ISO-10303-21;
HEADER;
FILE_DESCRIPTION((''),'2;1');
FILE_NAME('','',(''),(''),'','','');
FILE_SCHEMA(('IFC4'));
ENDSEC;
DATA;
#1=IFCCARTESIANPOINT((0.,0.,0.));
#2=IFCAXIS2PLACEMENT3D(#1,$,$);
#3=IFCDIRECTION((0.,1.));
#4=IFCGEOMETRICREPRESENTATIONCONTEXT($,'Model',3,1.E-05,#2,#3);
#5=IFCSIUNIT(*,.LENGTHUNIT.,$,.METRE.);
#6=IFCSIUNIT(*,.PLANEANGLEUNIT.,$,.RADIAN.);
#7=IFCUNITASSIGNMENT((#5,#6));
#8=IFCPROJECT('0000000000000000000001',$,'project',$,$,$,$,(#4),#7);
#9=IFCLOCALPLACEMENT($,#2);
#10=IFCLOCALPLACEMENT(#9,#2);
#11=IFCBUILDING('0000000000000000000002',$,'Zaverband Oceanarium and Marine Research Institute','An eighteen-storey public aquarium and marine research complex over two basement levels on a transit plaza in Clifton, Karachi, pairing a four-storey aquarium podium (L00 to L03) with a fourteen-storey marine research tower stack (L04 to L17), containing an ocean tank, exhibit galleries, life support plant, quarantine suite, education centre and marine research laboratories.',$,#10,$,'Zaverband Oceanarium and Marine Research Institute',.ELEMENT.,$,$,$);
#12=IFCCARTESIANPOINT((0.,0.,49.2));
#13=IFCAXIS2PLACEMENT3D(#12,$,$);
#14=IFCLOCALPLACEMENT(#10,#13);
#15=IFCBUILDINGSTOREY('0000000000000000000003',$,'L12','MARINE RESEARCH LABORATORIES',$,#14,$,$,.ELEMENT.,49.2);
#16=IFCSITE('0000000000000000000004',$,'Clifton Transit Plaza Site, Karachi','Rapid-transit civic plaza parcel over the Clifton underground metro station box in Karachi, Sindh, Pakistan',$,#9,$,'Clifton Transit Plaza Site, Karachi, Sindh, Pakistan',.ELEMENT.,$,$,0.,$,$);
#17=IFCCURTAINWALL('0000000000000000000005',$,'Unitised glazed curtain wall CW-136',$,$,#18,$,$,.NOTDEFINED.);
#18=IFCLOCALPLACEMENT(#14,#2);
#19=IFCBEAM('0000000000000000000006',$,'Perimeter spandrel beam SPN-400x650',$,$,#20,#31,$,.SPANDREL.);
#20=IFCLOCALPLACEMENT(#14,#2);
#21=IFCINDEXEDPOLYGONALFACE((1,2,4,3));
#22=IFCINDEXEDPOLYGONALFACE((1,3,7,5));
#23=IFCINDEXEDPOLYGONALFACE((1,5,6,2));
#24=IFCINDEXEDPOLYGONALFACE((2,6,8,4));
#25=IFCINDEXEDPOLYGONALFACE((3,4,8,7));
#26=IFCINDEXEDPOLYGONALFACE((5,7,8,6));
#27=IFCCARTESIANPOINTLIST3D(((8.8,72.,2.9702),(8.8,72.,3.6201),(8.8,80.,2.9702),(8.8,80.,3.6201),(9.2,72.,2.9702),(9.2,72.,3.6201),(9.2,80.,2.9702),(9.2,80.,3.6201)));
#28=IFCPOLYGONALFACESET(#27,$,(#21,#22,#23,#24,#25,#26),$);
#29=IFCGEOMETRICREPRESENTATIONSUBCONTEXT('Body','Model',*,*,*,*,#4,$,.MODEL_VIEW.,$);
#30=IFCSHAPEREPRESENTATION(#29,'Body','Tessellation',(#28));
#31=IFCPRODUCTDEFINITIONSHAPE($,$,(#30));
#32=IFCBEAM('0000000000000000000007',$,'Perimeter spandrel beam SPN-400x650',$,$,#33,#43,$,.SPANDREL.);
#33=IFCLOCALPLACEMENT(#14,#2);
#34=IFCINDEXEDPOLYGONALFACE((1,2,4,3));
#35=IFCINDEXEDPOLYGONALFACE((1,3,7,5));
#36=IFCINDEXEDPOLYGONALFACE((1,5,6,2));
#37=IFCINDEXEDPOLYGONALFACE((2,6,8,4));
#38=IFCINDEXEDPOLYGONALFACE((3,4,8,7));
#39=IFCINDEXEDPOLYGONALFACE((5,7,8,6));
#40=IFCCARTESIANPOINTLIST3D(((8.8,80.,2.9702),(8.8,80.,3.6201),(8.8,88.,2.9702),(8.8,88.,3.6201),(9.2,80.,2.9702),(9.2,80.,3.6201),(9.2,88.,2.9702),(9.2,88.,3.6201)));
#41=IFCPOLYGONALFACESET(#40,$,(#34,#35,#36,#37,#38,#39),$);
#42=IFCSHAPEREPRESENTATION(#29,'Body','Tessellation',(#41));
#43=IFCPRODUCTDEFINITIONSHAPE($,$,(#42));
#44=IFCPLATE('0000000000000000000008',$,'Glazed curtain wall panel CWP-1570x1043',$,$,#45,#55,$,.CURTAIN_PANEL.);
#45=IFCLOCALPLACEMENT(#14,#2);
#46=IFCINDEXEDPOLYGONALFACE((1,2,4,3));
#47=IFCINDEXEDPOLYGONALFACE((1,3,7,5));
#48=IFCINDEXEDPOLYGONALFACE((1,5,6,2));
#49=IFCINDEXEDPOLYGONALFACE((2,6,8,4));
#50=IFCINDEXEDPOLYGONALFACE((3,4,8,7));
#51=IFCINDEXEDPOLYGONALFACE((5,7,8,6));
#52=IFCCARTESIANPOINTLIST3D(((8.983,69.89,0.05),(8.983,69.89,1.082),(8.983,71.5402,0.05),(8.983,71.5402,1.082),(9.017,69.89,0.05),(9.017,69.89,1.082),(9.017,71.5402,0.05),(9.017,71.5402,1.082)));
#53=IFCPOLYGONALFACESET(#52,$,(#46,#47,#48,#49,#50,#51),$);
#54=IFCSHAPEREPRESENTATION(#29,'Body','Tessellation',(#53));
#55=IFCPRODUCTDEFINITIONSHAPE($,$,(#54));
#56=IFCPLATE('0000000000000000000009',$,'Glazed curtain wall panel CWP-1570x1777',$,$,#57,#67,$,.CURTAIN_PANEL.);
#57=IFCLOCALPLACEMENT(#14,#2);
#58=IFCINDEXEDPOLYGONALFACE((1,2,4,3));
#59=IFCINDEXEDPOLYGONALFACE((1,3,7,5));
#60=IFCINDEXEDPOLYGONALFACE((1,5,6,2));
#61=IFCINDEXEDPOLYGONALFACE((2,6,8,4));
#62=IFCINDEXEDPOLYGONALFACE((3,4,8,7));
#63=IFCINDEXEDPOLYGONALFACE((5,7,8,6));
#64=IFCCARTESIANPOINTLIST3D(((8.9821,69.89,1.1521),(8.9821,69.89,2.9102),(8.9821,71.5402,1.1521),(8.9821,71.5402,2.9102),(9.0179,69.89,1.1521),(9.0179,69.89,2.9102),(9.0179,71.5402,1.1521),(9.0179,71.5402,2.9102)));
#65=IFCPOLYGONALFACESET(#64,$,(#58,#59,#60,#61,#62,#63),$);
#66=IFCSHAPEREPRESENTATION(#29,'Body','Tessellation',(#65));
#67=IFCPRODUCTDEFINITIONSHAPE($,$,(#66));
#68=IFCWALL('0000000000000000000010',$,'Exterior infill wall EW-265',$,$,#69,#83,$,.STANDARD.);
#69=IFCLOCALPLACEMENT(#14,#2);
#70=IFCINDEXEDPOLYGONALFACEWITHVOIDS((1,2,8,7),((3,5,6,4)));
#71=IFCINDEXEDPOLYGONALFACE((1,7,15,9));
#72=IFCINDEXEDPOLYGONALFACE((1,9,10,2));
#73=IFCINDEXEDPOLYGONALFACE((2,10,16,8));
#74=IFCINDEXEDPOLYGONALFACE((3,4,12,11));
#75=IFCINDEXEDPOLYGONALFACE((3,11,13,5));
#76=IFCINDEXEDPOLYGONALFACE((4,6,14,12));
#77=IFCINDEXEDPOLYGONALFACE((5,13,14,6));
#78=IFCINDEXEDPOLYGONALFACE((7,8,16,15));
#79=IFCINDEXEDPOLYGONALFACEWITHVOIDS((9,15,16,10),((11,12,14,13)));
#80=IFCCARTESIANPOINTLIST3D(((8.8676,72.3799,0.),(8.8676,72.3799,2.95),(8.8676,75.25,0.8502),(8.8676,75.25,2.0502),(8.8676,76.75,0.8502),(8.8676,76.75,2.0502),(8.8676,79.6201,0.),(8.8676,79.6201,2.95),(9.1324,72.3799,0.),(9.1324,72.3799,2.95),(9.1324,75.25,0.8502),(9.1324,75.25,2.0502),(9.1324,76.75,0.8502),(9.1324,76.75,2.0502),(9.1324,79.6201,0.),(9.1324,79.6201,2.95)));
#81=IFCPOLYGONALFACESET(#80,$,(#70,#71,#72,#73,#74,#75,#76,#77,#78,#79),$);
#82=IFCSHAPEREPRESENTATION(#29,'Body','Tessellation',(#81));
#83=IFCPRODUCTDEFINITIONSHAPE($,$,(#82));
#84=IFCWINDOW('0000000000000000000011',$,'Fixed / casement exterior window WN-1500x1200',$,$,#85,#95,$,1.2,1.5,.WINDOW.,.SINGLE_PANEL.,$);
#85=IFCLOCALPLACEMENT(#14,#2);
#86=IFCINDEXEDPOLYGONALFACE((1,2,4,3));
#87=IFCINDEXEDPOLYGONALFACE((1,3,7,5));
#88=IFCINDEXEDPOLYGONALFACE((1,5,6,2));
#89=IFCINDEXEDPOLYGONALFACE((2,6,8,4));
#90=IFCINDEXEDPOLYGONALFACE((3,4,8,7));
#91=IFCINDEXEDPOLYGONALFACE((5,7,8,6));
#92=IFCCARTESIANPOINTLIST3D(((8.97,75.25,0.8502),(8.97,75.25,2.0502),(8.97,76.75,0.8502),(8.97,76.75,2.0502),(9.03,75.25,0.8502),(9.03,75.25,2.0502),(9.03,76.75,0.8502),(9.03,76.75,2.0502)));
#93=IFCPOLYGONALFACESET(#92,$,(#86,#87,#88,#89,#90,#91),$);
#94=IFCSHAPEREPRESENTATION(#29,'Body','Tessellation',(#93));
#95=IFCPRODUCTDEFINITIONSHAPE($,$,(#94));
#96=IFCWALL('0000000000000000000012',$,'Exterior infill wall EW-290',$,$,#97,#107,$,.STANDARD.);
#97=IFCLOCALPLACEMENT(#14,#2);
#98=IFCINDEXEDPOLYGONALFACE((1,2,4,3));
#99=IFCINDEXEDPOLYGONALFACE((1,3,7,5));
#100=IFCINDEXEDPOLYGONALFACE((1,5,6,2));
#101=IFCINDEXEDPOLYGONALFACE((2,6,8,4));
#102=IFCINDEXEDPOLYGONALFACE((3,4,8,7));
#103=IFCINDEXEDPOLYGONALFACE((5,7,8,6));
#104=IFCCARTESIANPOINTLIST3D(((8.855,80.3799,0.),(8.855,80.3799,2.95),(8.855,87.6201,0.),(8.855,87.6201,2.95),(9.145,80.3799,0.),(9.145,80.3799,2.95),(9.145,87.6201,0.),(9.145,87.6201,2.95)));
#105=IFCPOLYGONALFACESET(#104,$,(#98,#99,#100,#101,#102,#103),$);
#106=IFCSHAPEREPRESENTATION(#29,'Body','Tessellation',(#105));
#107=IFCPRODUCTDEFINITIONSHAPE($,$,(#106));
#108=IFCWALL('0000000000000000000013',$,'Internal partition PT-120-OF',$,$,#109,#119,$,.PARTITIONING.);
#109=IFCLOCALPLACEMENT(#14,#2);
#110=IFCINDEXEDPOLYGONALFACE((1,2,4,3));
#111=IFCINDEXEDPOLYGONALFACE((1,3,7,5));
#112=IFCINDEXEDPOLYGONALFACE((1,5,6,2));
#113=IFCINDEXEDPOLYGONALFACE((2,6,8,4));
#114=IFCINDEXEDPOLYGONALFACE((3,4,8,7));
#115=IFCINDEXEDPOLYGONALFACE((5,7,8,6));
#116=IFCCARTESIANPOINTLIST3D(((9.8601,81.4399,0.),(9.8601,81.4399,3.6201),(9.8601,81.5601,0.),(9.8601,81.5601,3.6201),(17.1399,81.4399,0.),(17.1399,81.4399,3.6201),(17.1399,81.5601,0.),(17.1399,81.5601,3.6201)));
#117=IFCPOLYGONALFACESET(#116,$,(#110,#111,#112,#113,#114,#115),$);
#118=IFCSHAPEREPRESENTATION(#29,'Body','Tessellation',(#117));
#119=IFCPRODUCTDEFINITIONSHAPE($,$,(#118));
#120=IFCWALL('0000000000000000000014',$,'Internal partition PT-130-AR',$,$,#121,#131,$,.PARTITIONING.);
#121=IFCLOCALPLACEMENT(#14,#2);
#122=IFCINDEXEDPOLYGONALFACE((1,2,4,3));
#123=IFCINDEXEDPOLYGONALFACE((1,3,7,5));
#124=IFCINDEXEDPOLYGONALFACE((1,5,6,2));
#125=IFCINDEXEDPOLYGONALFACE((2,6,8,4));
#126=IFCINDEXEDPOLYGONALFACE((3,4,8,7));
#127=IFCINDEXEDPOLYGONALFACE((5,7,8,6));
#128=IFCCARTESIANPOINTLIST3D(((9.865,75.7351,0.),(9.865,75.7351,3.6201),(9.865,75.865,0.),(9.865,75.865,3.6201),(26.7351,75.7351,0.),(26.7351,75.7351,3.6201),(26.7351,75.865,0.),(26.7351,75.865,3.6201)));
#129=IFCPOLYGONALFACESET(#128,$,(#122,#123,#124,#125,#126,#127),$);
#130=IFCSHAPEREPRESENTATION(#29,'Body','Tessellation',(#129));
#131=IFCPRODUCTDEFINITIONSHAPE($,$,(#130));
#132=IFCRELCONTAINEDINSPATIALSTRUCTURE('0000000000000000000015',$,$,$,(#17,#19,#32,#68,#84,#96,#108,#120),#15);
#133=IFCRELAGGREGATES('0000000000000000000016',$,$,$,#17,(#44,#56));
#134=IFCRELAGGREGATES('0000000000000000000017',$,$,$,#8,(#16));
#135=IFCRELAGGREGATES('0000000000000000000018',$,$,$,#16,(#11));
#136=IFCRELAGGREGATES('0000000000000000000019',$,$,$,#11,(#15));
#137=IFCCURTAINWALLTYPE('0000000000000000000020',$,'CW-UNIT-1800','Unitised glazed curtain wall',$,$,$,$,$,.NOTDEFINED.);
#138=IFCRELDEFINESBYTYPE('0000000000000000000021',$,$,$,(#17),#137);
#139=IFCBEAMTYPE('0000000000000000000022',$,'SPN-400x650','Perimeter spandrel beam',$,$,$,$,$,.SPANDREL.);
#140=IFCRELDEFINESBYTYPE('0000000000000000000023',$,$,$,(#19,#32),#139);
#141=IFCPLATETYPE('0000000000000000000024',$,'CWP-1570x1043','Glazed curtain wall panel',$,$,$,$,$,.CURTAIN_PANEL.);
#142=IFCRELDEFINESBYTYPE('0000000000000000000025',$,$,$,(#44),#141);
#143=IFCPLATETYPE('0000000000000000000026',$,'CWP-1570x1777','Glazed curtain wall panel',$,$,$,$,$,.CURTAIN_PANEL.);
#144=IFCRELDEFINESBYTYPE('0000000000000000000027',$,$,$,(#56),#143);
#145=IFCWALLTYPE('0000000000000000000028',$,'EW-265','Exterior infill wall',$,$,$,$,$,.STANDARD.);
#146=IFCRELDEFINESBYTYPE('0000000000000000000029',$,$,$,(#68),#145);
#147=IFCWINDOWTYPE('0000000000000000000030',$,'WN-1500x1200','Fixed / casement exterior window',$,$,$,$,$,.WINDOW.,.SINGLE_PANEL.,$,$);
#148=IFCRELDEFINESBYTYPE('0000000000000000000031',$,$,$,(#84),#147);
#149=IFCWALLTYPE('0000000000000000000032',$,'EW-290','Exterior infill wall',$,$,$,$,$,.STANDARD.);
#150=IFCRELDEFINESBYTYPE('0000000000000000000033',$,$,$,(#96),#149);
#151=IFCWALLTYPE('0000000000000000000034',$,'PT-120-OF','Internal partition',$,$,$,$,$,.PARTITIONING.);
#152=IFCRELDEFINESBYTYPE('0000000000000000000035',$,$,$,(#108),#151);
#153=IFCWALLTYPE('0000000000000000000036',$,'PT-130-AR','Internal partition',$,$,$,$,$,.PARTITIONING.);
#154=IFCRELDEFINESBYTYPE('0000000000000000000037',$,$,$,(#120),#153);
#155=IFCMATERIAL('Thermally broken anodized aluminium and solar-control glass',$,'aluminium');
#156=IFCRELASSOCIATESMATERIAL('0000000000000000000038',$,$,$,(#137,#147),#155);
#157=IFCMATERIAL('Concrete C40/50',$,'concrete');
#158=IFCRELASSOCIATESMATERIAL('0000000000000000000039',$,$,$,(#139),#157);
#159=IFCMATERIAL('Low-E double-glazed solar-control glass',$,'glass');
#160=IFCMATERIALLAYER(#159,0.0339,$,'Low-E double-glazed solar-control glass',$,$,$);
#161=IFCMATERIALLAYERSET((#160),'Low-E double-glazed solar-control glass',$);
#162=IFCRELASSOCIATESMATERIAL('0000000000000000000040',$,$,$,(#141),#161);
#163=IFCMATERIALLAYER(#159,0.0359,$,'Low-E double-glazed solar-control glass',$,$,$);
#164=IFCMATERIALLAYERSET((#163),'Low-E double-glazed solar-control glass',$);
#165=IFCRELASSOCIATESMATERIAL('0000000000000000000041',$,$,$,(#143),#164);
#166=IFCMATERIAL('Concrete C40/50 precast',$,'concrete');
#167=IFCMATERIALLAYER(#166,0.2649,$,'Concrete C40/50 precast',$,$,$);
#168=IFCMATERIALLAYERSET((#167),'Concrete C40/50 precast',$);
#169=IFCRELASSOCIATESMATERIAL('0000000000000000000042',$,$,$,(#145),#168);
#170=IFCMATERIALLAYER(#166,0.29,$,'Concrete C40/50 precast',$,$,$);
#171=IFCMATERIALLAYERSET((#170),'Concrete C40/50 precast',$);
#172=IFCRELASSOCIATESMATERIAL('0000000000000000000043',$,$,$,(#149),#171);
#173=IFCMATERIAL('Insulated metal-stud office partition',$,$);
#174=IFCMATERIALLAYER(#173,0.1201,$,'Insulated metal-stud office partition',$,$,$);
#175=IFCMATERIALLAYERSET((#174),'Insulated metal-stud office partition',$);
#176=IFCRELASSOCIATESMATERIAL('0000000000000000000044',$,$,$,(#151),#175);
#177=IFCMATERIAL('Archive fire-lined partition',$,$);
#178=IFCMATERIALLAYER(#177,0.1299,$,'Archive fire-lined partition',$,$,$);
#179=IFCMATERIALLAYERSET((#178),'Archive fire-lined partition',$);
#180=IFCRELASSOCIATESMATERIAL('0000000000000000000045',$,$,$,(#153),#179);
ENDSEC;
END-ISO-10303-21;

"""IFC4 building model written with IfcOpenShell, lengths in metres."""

from ifc_helpers import new_model, si_unit, direction, frame, frame_2d, origin, origin_2d, place, context, subcontext, project, spatial, rectangle, extrude, material, layer, layer_set, material_profile, profile_set, type_object, element, fill, aggregate, save


model = new_model("IFC4")

# Units and contexts
model_context = context("Model", 3, precision=1e-05, world=origin(), true_north=direction((0.0, 1.0)))
body_context = subcontext(model_context, "Body", "Model", "MODEL_VIEW")
ifc_project = project(units=[si_unit("LENGTHUNIT", "METRE"), si_unit("PLANEANGLEUNIT", "RADIAN")], contexts=[model_context])

# Site, building, storey
site_placement = place(None, origin())
site = spatial("IfcSite", under=ifc_project, at=site_placement, Name="Clifton Transit Plaza Site, Karachi", Description="Rapid-transit civic plaza parcel over the Clifton underground metro station box in Karachi, Sindh, Pakistan", LongName="Clifton Transit Plaza Site, Karachi, Sindh, Pakistan", CompositionType="ELEMENT", RefElevation=0.0)
building_placement = place(site_placement, origin())
building = spatial("IfcBuilding", under=site, at=building_placement, Name="Zaverband Oceanarium and Marine Research Institute", Description="An eighteen-storey public aquarium and marine research complex over two basement levels on a transit plaza in Clifton, Karachi, pairing a four-storey aquarium podium (L00 to L03) with a fourteen-storey marine research tower stack (L04 to L17), containing an ocean tank, exhibit galleries, life support plant, quarantine suite, education centre and marine research laboratories.", LongName="Zaverband Oceanarium and Marine Research Institute", CompositionType="ELEMENT")
storey_placement = place(building_placement, frame((0.0, 0.0, 49.2)))
storey = spatial("IfcBuildingStorey", under=building, at=storey_placement, Name="L12", Description="MARINE RESEARCH LABORATORIES", CompositionType="ELEMENT", Elevation=49.2)

# Shared definitions
ifc_material_1 = material(Name="Concrete C40/50", Category="concrete")

# Curtain wall
ifc_material_2 = material(Name="Thermally broken anodized aluminium and solar-control glass", Category="aluminium")
curtain_wall_type = type_object("IfcCurtainWallType", Name="CW-UNIT-1800", Description="Unitised glazed curtain wall", PredefinedType="NOTDEFINED", material=ifc_material_2)
curtain_wall_placement = place(storey_placement, origin())
curtain_wall = element("IfcCurtainWall", 1, at=curtain_wall_placement, inside=storey, type_object=curtain_wall_type, Name="Unitised glazed curtain wall CW-136", PredefinedType="NOTDEFINED")

# Beams
ifc_material_profile_1 = material_profile(ifc_material_1, rectangle(XDim=0.3999, YDim=0.6499, at=origin_2d()), Name="RC400x650")
ifc_profile_set_1 = profile_set([ifc_material_profile_1], Name="Concrete C40/50")
beam_type_1 = type_object("IfcBeamType", Name="SPN-400x650", Description="Perimeter spandrel beam", PredefinedType="SPANDREL", material=ifc_profile_set_1)
for number, where, z_axis, x_axis, name in (
    (2, (9.0, 72.0, 3.2952), (0.0, 1.0, 0.0), (-1.0, 0.0, 0.0), "Perimeter spandrel beam SPN-400x650"),
    (3, (9.0, 80.0, 3.2952), (0.0, 1.0, 0.0), (-1.0, 0.0, 0.0), "Perimeter spandrel beam SPN-400x650"),
):
    element("IfcBeam", number, at=place(storey_placement, frame(where, z_axis=z_axis, x_axis=x_axis)), inside=storey, type_object=beam_type_1, Name=name, PredefinedType="SPANDREL", context=body_context, shape_type="SweptSolid", body=[
        extrude(rectangle(XDim=0.3999, YDim=0.6499, at=origin_2d()), origin(), (0.0, 0.0, 1.0), 8.0),
    ])

# Plates
ifc_material_3 = material(Name="Low-E double-glazed solar-control glass", Category="glass")
ifc_layer_1 = layer(ifc_material_3, 0.0339, Name="Low-E double-glazed solar-control glass")
ifc_layer_set_1 = layer_set([ifc_layer_1], Name="Low-E double-glazed solar-control glass")
plate_type_1 = type_object("IfcPlateType", Name="CWP-1570x1043", Description="Glazed curtain wall panel", PredefinedType="CURTAIN_PANEL", material=ifc_layer_set_1)
plate_1_placement = place(storey_placement, frame((9.0, 69.8899, 0.05), z_axis=(0.0, 0.0, 1.0), x_axis=(0.0, 1.0, 0.0)))
plate_1 = element("IfcPlate", 4, at=plate_1_placement, type_object=plate_type_1, Name="Glazed curtain wall panel CWP-1570x1043", PredefinedType="CURTAIN_PANEL", context=body_context, shape_type="SweptSolid", body=[
    extrude(rectangle(XDim=1.6501, YDim=0.0339, at=frame_2d((0.8252, 0.0))), origin(), (0.0, 0.0, 1.0), 1.032),
])
ifc_layer_2 = layer(ifc_material_3, 0.0359, Name="Low-E double-glazed solar-control glass")
ifc_layer_set_2 = layer_set([ifc_layer_2], Name="Low-E double-glazed solar-control glass")
plate_type_2 = type_object("IfcPlateType", Name="CWP-1570x1777", Description="Glazed curtain wall panel", PredefinedType="CURTAIN_PANEL", material=ifc_layer_set_2)
plate_2_placement = place(storey_placement, frame((9.0, 69.8899, 1.1521), z_axis=(0.0, 0.0, 1.0), x_axis=(0.0, 1.0, 0.0)))
plate_2 = element("IfcPlate", 5, at=plate_2_placement, type_object=plate_type_2, Name="Glazed curtain wall panel CWP-1570x1777", PredefinedType="CURTAIN_PANEL", context=body_context, shape_type="SweptSolid", body=[
    extrude(rectangle(XDim=1.6501, YDim=0.0359, at=frame_2d((0.8252, 0.0))), origin(), (0.0, 0.0, 1.0), 1.7581),
])
aggregate(curtain_wall, [plate_1, plate_2])

# Wall, opening, window
ifc_material_4 = material(Name="Concrete C40/50 precast", Category="concrete")
ifc_layer_3 = layer(ifc_material_4, 0.2649, Name="Concrete C40/50 precast")
ifc_layer_set_3 = layer_set([ifc_layer_3], Name="Concrete C40/50 precast")
wall_type_1 = type_object("IfcWallType", Name="EW-265", Description="Exterior infill wall", PredefinedType="STANDARD", material=ifc_layer_set_3)
wall_1_placement = place(storey_placement, frame((9.0, 72.3799, 0.0), z_axis=(0.0, 0.0, 1.0), x_axis=(0.0, 1.0, 0.0)))
wall_1 = element("IfcWall", 6, at=wall_1_placement, inside=storey, type_object=wall_type_1, Name="Exterior infill wall EW-265", PredefinedType="STANDARD", context=body_context, shape_type="SweptSolid", body=[
    extrude(rectangle(XDim=7.2402, YDim=0.2649, at=frame_2d((3.6201, 0.0))), origin(), (0.0, 0.0, 1.0), 2.95),
])
opening_placement = place(wall_1_placement, frame((2.8701, 0.0, 0.8501)))
opening = element("IfcOpeningElement", 7, at=opening_placement, cuts=wall_1, PredefinedType="OPENING", context=body_context, shape_type="SweptSolid", body=[
    extrude(rectangle(XDim=1.5, YDim=1.2, at=frame_2d((0.75, 0.6001))), frame((0.0, 0.1445, 0.0), z_axis=(0.0, -1.0, 0.0), x_axis=(1.0, 0.0, 0.0)), (0.0, 0.0, 1.0), 0.2888),
])
window_type = type_object("IfcWindowType", Name="WN-1500x1200", Description="Fixed / casement exterior window", PartitioningType="SINGLE_PANEL", PredefinedType="WINDOW", material=ifc_material_2)
window_placement = place(opening_placement, origin())
window = element("IfcWindow", 8, at=window_placement, inside=storey, type_object=window_type, Name="Fixed / casement exterior window WN-1500x1200", OverallHeight=1.2, OverallWidth=1.5, PartitioningType="SINGLE_PANEL", PredefinedType="WINDOW", context=body_context, shape_type="SweptSolid", body=[
    extrude(rectangle(XDim=1.5, YDim=1.2, at=frame_2d((0.75, 0.6001))), frame((0.0, 0.03, 0.0), z_axis=(0.0, -1.0, 0.0), x_axis=(1.0, 0.0, 0.0)), (0.0, 0.0, 1.0), 0.0601),
])
fill(opening, window)

# Walls
ifc_layer_4 = layer(ifc_material_4, 0.29, Name="Concrete C40/50 precast")
ifc_layer_set_4 = layer_set([ifc_layer_4], Name="Concrete C40/50 precast")
wall_type_2 = type_object("IfcWallType", Name="EW-290", Description="Exterior infill wall", PredefinedType="STANDARD", material=ifc_layer_set_4)
wall_2_placement = place(storey_placement, frame((9.0, 80.3799, 0.0), z_axis=(0.0, 0.0, 1.0), x_axis=(0.0, 1.0, 0.0)))
element("IfcWall", 9, at=wall_2_placement, inside=storey, type_object=wall_type_2, Name="Exterior infill wall EW-290", PredefinedType="STANDARD", context=body_context, shape_type="SweptSolid", body=[
    extrude(rectangle(XDim=7.2402, YDim=0.29, at=frame_2d((3.6201, 0.0))), origin(), (0.0, 0.0, 1.0), 2.95),
])
ifc_material_5 = material(Name="Insulated metal-stud office partition")
ifc_layer_5 = layer(ifc_material_5, 0.1201, Name="Insulated metal-stud office partition")
ifc_layer_set_5 = layer_set([ifc_layer_5], Name="Insulated metal-stud office partition")
wall_type_3 = type_object("IfcWallType", Name="PT-120-OF", Description="Internal partition", PredefinedType="PARTITIONING", material=ifc_layer_set_5)
wall_3_placement = place(storey_placement, frame((9.8601, 81.5, 0.0), z_axis=(0.0, 0.0, 1.0), x_axis=(1.0, 0.0, 0.0)))
element("IfcWall", 10, at=wall_3_placement, inside=storey, type_object=wall_type_3, Name="Internal partition PT-120-OF", PredefinedType="PARTITIONING", context=body_context, shape_type="SweptSolid", body=[
    extrude(rectangle(XDim=7.2798, YDim=0.1201, at=frame_2d((3.6399, 0.0))), origin(), (0.0, 0.0, 1.0), 3.6201),
])
ifc_material_6 = material(Name="Archive fire-lined partition")
ifc_layer_6 = layer(ifc_material_6, 0.1299, Name="Archive fire-lined partition")
ifc_layer_set_6 = layer_set([ifc_layer_6], Name="Archive fire-lined partition")
wall_type_4 = type_object("IfcWallType", Name="PT-130-AR", Description="Internal partition", PredefinedType="PARTITIONING", material=ifc_layer_set_6)
wall_4_placement = place(storey_placement, frame((9.865, 75.8, 0.0), z_axis=(0.0, 0.0, 1.0), x_axis=(1.0, 0.0, 0.0)))
element("IfcWall", 11, at=wall_4_placement, inside=storey, type_object=wall_type_4, Name="Internal partition PT-130-AR", PredefinedType="PARTITIONING", context=body_context, shape_type="SweptSolid", body=[
    extrude(rectangle(XDim=16.8701, YDim=0.1299, at=frame_2d((8.4351, 0.0))), origin(), (0.0, 0.0, 1.0), 3.6201),
])

save(model, "model.ifc")
